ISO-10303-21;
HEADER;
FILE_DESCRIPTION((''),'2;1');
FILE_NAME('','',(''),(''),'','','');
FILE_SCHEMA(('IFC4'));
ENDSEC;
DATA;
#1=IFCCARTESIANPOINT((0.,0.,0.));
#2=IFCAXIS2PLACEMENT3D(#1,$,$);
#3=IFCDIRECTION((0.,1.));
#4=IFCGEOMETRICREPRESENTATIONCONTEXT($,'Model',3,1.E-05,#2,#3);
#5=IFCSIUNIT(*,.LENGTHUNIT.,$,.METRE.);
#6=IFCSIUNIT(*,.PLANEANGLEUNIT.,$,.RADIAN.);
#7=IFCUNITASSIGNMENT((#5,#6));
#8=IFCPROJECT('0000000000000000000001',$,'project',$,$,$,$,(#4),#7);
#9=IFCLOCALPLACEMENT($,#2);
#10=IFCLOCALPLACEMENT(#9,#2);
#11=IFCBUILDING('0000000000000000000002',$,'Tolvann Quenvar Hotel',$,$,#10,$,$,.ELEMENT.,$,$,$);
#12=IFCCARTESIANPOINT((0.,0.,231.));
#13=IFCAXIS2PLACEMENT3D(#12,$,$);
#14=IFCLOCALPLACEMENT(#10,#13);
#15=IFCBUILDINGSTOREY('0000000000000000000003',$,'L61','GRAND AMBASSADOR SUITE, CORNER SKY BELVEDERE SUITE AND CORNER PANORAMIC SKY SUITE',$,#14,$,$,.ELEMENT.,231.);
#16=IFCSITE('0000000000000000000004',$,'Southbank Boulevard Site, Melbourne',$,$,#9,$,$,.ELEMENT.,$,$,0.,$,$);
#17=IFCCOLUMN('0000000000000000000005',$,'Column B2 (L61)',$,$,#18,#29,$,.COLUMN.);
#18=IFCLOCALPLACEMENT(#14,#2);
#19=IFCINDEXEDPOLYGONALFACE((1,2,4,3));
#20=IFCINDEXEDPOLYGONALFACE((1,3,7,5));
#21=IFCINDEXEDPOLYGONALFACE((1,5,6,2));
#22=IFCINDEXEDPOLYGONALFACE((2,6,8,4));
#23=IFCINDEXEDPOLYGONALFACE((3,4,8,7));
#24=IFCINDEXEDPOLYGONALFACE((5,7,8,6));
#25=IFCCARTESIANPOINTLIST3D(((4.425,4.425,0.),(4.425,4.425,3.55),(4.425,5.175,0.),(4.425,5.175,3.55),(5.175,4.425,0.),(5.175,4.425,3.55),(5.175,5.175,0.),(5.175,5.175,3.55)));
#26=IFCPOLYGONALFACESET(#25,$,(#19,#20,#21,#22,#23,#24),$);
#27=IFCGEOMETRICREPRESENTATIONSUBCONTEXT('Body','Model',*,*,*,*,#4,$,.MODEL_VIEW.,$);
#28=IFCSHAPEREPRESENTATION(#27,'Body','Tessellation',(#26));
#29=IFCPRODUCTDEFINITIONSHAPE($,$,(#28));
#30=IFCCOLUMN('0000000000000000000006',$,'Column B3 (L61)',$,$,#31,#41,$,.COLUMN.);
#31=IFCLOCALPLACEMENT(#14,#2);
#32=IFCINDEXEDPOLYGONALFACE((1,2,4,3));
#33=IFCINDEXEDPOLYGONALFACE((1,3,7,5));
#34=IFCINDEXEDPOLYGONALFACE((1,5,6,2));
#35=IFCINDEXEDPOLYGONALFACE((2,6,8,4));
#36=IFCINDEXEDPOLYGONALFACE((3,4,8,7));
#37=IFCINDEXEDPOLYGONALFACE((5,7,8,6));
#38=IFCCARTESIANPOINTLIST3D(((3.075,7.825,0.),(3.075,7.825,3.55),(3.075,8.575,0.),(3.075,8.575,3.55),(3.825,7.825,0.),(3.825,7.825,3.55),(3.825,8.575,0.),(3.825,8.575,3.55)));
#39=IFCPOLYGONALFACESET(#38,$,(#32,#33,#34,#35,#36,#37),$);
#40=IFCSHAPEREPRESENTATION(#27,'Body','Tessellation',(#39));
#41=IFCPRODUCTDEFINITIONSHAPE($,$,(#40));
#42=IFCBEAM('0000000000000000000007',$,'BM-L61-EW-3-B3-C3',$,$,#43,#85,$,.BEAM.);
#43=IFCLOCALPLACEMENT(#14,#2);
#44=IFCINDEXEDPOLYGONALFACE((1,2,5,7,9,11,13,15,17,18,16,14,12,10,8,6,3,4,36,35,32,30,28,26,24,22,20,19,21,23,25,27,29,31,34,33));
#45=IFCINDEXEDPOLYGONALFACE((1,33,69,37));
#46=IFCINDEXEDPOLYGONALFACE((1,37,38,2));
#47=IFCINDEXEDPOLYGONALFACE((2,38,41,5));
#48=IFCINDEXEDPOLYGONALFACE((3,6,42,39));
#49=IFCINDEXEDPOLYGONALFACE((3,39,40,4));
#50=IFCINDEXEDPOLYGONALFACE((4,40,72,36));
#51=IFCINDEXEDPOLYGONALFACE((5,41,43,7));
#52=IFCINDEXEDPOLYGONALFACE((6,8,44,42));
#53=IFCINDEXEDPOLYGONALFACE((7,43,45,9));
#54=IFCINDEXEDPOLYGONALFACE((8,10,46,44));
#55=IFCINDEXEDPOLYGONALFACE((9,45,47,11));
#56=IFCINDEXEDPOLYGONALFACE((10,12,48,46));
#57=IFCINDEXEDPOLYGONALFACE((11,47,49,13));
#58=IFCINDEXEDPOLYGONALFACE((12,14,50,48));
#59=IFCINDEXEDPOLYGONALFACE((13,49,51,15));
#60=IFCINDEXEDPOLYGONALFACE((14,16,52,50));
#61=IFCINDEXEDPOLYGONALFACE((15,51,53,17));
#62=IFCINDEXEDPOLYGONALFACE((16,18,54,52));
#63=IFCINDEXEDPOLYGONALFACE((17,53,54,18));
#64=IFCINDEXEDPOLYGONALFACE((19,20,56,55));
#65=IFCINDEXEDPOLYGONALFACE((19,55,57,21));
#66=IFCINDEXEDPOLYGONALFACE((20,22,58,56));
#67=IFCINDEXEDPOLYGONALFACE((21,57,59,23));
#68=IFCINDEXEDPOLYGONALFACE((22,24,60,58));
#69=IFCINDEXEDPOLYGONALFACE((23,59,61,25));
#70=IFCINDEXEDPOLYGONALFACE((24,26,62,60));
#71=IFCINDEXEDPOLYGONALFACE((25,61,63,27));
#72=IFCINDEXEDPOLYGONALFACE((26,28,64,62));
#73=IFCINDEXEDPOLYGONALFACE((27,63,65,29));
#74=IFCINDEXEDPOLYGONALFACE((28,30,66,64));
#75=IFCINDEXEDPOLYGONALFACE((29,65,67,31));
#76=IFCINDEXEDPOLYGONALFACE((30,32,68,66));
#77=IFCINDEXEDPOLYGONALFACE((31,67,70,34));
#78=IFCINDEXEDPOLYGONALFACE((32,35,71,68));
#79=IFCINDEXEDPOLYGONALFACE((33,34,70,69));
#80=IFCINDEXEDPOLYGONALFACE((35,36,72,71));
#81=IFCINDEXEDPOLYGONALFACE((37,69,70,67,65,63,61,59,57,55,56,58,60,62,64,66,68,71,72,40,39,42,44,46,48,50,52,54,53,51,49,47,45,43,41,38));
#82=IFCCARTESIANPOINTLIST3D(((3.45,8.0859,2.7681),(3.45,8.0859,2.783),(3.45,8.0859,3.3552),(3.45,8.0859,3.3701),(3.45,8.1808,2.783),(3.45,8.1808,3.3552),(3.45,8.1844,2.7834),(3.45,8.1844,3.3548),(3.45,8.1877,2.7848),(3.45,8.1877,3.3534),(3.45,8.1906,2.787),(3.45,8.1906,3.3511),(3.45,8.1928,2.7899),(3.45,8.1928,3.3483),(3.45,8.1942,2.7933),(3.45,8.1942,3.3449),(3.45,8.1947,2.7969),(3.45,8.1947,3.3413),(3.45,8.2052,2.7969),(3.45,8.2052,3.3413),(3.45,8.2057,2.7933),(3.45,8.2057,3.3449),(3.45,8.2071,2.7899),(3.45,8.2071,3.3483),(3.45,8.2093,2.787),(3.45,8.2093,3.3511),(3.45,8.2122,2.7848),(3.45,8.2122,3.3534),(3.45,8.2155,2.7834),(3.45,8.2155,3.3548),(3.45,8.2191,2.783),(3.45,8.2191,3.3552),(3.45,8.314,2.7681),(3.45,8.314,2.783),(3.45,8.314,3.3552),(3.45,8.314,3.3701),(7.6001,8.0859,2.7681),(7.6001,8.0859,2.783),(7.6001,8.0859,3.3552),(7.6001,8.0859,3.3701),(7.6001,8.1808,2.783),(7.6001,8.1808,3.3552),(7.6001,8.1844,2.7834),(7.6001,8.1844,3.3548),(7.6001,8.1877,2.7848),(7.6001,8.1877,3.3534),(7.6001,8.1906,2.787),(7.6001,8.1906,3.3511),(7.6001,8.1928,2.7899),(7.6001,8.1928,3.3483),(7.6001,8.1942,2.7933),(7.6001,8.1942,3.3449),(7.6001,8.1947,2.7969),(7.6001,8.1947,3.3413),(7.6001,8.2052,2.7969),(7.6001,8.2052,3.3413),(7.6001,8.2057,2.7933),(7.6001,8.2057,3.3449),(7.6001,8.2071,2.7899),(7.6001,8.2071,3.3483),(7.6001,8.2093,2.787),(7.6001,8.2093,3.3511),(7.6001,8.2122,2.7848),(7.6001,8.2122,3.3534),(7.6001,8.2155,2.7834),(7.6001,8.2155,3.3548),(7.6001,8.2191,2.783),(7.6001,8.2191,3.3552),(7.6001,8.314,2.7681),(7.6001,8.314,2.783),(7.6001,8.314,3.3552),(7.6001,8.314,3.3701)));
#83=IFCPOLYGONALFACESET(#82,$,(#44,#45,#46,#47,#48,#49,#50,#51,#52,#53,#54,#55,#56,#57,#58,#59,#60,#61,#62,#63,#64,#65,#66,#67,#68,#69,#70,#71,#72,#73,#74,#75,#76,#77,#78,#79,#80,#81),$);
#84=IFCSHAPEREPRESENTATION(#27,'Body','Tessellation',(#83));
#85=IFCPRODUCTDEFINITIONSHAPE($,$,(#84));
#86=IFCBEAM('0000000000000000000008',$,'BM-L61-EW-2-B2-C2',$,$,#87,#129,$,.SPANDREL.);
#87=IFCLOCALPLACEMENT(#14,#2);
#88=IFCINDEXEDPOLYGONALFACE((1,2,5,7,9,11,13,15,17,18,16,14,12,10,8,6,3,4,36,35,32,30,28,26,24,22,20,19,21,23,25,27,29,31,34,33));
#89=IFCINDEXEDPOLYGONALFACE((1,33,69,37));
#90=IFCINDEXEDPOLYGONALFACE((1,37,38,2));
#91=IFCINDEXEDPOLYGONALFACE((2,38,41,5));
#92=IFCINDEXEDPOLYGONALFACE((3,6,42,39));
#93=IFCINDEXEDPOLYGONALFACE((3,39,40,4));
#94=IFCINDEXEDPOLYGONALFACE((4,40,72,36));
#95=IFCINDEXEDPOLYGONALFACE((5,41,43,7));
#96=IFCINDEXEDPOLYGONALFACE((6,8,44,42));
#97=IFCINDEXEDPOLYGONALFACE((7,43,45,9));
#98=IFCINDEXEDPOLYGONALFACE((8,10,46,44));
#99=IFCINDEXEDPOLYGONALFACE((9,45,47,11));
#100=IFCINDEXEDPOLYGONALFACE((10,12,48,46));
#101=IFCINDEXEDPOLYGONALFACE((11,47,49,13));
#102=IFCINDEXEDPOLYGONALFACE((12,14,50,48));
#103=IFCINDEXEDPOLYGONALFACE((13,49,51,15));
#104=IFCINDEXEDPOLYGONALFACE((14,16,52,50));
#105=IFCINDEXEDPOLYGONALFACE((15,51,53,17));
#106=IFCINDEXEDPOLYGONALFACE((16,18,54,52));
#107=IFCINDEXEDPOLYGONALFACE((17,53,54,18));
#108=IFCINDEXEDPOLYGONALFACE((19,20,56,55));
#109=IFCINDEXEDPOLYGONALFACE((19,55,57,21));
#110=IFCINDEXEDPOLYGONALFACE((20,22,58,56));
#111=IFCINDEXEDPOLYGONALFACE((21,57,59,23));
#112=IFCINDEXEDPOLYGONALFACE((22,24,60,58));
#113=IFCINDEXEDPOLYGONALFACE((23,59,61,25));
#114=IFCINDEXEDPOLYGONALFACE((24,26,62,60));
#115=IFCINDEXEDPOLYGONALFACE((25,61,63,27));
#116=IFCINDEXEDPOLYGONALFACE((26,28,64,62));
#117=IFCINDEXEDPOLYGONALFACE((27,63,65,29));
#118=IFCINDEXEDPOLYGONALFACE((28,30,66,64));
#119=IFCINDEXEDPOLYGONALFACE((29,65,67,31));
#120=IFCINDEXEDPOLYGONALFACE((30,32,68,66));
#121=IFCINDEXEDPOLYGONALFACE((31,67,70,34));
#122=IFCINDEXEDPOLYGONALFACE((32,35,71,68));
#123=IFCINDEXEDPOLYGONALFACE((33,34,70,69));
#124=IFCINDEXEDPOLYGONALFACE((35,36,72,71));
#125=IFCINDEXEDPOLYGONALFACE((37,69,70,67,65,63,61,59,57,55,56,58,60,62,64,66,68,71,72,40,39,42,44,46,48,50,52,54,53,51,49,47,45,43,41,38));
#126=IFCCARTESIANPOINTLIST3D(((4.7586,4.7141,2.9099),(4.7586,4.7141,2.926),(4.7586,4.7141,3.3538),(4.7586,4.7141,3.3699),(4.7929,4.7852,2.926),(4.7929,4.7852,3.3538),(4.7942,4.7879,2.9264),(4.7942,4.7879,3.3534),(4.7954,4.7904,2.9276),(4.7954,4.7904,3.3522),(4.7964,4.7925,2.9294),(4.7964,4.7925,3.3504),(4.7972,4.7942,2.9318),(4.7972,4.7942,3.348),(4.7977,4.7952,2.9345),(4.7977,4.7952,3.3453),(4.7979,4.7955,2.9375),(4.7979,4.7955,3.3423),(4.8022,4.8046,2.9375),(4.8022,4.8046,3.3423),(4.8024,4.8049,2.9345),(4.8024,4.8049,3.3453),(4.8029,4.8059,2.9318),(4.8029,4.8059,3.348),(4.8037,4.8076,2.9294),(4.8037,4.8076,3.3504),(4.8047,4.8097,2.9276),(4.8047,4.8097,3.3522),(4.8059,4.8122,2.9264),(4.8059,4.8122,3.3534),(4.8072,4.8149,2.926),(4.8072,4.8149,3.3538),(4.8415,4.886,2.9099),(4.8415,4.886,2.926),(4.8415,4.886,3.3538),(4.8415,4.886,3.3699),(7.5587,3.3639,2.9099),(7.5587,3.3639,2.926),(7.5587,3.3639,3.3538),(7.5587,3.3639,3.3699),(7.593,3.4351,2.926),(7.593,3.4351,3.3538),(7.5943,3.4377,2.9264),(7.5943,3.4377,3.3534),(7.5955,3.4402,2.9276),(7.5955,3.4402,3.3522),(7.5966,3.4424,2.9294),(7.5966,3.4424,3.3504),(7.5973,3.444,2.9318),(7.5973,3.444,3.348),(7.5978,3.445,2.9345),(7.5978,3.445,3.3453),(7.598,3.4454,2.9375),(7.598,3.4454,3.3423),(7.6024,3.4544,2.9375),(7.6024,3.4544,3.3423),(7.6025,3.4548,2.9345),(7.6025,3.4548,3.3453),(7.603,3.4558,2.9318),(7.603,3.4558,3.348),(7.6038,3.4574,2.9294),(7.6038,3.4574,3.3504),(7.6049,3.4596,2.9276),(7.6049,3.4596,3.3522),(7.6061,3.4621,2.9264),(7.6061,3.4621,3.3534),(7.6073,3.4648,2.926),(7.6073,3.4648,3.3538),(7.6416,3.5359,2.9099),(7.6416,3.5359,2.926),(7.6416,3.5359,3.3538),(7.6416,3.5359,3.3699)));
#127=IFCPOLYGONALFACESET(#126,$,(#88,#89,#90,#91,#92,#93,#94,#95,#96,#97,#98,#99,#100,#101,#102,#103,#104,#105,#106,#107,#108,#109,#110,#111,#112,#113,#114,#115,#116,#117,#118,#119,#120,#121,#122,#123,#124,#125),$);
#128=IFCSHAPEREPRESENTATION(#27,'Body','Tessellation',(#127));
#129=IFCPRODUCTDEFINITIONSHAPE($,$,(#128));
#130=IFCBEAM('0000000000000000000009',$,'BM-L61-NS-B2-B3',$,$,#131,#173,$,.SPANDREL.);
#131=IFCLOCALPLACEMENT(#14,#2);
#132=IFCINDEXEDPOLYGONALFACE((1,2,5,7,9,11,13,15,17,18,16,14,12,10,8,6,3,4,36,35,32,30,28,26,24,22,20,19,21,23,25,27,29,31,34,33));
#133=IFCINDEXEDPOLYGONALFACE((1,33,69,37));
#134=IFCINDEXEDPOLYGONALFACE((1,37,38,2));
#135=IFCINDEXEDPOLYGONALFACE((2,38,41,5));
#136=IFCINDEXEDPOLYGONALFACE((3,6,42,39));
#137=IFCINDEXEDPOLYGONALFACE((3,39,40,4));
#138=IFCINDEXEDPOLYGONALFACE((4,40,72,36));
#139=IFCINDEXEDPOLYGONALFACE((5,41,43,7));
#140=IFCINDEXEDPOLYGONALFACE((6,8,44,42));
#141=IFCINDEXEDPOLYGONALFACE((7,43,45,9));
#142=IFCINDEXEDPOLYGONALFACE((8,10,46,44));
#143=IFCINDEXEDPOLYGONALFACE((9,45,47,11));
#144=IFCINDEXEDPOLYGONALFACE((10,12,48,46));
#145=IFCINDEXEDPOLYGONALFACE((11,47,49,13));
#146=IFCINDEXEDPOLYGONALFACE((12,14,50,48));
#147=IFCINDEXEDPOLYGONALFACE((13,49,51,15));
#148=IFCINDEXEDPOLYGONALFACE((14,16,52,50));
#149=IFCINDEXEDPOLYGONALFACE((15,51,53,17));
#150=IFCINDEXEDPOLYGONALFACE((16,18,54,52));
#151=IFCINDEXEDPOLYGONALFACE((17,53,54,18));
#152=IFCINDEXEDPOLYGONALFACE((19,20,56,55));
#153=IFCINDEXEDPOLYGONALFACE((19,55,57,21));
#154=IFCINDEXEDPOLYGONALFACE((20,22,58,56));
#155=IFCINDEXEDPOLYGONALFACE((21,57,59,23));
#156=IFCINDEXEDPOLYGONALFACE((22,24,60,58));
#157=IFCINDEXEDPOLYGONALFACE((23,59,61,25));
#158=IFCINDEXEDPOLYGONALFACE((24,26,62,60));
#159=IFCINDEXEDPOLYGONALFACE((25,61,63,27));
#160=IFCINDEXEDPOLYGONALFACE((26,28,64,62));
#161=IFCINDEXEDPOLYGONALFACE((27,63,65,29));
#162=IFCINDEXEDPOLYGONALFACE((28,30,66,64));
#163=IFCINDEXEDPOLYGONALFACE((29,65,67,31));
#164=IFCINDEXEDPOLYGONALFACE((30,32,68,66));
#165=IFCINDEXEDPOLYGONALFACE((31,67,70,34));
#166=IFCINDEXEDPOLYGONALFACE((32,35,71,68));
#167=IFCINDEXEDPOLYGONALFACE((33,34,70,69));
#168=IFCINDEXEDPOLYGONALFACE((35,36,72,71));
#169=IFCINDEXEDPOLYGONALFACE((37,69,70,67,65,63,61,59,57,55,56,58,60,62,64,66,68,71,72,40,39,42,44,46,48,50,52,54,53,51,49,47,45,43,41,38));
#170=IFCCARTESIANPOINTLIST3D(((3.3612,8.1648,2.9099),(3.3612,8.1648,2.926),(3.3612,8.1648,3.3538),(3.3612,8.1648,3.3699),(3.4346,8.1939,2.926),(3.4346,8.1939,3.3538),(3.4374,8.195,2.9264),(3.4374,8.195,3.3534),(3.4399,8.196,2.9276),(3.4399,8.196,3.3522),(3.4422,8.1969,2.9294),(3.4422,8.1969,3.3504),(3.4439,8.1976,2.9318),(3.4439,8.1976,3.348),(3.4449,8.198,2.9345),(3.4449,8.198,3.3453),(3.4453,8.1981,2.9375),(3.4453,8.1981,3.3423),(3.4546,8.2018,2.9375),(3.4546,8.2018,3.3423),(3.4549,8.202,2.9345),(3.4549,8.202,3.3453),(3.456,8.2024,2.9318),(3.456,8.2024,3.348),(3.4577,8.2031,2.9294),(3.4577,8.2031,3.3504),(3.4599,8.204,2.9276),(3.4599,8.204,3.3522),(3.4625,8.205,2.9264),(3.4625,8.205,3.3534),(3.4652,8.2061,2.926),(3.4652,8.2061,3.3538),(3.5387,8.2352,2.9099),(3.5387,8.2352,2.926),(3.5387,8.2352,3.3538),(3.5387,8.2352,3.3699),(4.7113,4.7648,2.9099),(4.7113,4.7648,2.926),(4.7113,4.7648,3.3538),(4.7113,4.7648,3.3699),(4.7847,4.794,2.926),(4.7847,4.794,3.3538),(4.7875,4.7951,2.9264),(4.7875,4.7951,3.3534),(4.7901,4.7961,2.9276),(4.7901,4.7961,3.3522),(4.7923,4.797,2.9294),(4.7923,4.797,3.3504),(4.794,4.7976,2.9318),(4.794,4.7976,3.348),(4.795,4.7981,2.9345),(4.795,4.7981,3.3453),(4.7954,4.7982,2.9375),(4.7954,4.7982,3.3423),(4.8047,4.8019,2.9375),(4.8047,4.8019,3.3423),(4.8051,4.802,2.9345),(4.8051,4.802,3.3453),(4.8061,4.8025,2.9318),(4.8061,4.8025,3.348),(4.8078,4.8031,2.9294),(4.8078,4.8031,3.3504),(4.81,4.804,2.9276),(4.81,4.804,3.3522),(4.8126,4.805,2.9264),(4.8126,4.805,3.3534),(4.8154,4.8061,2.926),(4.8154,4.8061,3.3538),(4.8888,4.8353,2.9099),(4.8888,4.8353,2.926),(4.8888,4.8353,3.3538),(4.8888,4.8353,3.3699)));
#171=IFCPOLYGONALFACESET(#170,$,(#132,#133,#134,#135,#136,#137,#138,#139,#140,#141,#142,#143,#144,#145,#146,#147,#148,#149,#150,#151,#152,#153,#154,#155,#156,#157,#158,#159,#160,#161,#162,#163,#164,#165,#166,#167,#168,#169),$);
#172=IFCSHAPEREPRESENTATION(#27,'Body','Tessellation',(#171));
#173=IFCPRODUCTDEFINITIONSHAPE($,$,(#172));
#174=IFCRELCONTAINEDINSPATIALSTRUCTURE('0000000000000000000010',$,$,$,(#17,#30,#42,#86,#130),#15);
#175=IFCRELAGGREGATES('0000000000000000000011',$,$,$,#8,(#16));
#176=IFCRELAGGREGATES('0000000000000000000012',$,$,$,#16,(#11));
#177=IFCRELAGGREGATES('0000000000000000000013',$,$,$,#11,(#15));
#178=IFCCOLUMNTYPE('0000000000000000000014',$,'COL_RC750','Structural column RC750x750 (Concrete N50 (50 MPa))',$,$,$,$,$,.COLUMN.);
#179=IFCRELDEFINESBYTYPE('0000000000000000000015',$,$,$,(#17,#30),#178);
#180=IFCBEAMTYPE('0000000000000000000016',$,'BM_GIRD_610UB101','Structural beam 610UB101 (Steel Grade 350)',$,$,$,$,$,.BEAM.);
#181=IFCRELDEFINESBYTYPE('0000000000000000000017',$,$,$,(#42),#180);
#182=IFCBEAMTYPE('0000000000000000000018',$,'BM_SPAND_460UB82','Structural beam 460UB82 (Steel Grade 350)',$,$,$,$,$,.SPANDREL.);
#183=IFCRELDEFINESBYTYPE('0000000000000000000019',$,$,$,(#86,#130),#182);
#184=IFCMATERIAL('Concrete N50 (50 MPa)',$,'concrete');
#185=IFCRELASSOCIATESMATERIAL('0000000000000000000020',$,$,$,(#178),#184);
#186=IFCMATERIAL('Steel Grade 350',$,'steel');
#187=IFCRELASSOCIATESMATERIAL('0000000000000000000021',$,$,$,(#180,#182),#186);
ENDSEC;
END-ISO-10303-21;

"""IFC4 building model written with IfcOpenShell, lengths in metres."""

from ifc_helpers import new_model, si_unit, direction, frame, origin, origin_2d, place, context, subcontext, project, spatial, rectangle, i_section, extrude, source, transform, mapped, material, material_profile, profile_set, type_object, type_shapes, element, save


model = new_model("IFC4")

# Units and contexts
model_context = context("Model", 3, precision=1e-05, world=origin(), true_north=direction((0.0, 1.0)))
body_context = subcontext(model_context, "Body", "Model", "MODEL_VIEW")
ifc_project = project(units=[si_unit("LENGTHUNIT", "METRE"), si_unit("PLANEANGLEUNIT", "RADIAN")], contexts=[model_context])

# Site, building, storey
site_placement = place(None, origin())
site = spatial("IfcSite", under=ifc_project, at=site_placement, Name="Southbank Boulevard Site, Melbourne", CompositionType="ELEMENT", RefElevation=0.0)
building_placement = place(site_placement, origin())
building = spatial("IfcBuilding", under=site, at=building_placement, Name="Tolvann Quenvar Hotel", CompositionType="ELEMENT")
storey_placement = place(building_placement, frame((0.0, 0.0, 231.0)))
storey = spatial("IfcBuildingStorey", under=building, at=storey_placement, Name="L61", Description="GRAND AMBASSADOR SUITE, CORNER SKY BELVEDERE SUITE AND CORNER PANORAMIC SKY SUITE", CompositionType="ELEMENT", Elevation=231.0)

# Columns
ifc_material_1 = material(Name="Concrete N50 (50 MPa)", Category="concrete")
ifc_material_profile_1 = material_profile(ifc_material_1, rectangle(XDim=0.75, YDim=0.75, at=origin_2d()), Name="RC750x750")
ifc_profile_set_1 = profile_set([ifc_material_profile_1], Name="Concrete N50 (50 MPa)")
column_type = type_object("IfcColumnType", Name="COL_RC750", Description="Structural column RC750x750 (Concrete N50 (50 MPa))", PredefinedType="COLUMN", material=ifc_profile_set_1)
shared_shape_1 = source(origin(), body_context, "Body", "SweptSolid", [
    extrude(rectangle(XDim=0.75, YDim=0.75, at=origin_2d()), origin(), (0.0, 0.0, 1.0), 3.55),
])
type_shapes(column_type, [shared_shape_1])
for number, where, z_axis, x_axis, name in (
    (1, (4.8, 4.8, 0.0), (0.0, 0.0, 1.0), (1.0, 0.0, 0.0), "Column B2 (L61)"),
    (2, (3.45, 8.2, 0.0), (0.0, 0.0, 1.0), (1.0, 0.0, 0.0), "Column B3 (L61)"),
):
    element("IfcColumn", number, at=place(storey_placement, frame(where, z_axis=z_axis, x_axis=x_axis)), inside=storey, type_object=column_type, Name=name, PredefinedType="COLUMN", context=body_context, shape_type="MappedRepresentation", body=[
        mapped(shared_shape_1, transform((0.0, 0.0, 0.0), x_axis=(1.0, 0.0, 0.0), y_axis=(0.0, 1.0, 0.0), z_axis=(0.0, 0.0, 1.0), scale=1.0)),
    ])

# Beams
ifc_material_2 = material(Name="Steel Grade 350", Category="steel")
ifc_material_profile_2 = material_profile(ifc_material_2, i_section(OverallWidth=0.228, OverallDepth=0.6021, WebThickness=0.0105, FlangeThickness=0.0149, FilletRadius=0.0139, at=origin_2d()), Name="610UB101")
ifc_profile_set_2 = profile_set([ifc_material_profile_2], Name="Steel Grade 350")
beam_type_1 = type_object("IfcBeamType", Name="BM_GIRD_610UB101", Description="Structural beam 610UB101 (Steel Grade 350)", PredefinedType="BEAM", material=ifc_profile_set_2)
shared_shape_2 = source(origin(), body_context, "Body", "SweptSolid", [
    extrude(i_section(OverallWidth=0.228, OverallDepth=0.6021, WebThickness=0.0105, FlangeThickness=0.0149, FilletRadius=0.0139, at=origin_2d()), origin(), (0.0, 0.0, 1.0), 4.1501),
])
type_shapes(beam_type_1, [shared_shape_2])
beam_1_placement = place(storey_placement, frame((3.45, 8.2, 3.0691), z_axis=(1.0, 0.0, 0.0), x_axis=(0.0, 1.0, 0.0)))
element("IfcBeam", 3, at=beam_1_placement, inside=storey, type_object=beam_type_1, Name="BM-L61-EW-3-B3-C3", PredefinedType="BEAM", context=body_context, shape_type="MappedRepresentation", body=[
    mapped(shared_shape_2, transform((0.0, 0.0, 0.0), x_axis=(1.0, 0.0, 0.0), y_axis=(0.0, 1.0, 0.0), z_axis=(0.0, 0.0, 1.0), scale=1.0)),
])
ifc_material_profile_3 = material_profile(ifc_material_2, i_section(OverallWidth=0.1909, OverallDepth=0.46, WebThickness=0.01, FlangeThickness=0.0161, FilletRadius=0.0115, at=origin_2d()), Name="460UB82")
ifc_profile_set_3 = profile_set([ifc_material_profile_3], Name="Steel Grade 350")
beam_type_2 = type_object("IfcBeamType", Name="BM_SPAND_460UB82", Description="Structural beam 460UB82 (Steel Grade 350)", PredefinedType="SPANDREL", material=ifc_profile_set_3)
shared_shape_3 = source(origin(), body_context, "Body", "SweptSolid", [
    extrude(i_section(OverallWidth=0.1909, OverallDepth=0.46, WebThickness=0.01, FlangeThickness=0.0161, FilletRadius=0.0115, at=origin_2d()), origin(), (0.0, 0.0, 1.0), 3.1086),
])
beam_2_placement = place(storey_placement, frame((4.8, 4.8, 3.1399), z_axis=(0.900759, -0.434319, 0.0), x_axis=(0.434319, 0.900759, 0.0)))
element("IfcBeam", 4, at=beam_2_placement, inside=storey, type_object=beam_type_2, Name="BM-L61-EW-2-B2-C2", PredefinedType="SPANDREL", context=body_context, shape_type="MappedRepresentation", body=[
    mapped(shared_shape_3, transform((0.0, 0.0, 0.0), x_axis=(1.0, 0.0, 0.0), y_axis=(0.0, 1.0, 0.0), z_axis=(0.0, 0.0, 1.0), scale=1.0)),
])
shared_shape_4 = source(origin(), body_context, "Body", "SweptSolid", [
    extrude(i_section(OverallWidth=0.1909, OverallDepth=0.46, WebThickness=0.01, FlangeThickness=0.0161, FilletRadius=0.0115, at=origin_2d()), origin(), (0.0, 0.0, 1.0), 3.6582),
])
beam_3_placement = place(storey_placement, frame((4.8, 4.8, 3.1399), z_axis=(-0.369065, 0.929404, 0.0), x_axis=(-0.929404, -0.369065, 0.0)))
element("IfcBeam", 5, at=beam_3_placement, inside=storey, type_object=beam_type_2, Name="BM-L61-NS-B2-B3", PredefinedType="SPANDREL", context=body_context, shape_type="MappedRepresentation", body=[
    mapped(shared_shape_4, transform((0.0, 0.0, 0.0), x_axis=(1.0, 0.0, 0.0), y_axis=(0.0, 1.0, 0.0), z_axis=(0.0, 0.0, 1.0), scale=1.0)),
])

save(model, "model.ifc")
